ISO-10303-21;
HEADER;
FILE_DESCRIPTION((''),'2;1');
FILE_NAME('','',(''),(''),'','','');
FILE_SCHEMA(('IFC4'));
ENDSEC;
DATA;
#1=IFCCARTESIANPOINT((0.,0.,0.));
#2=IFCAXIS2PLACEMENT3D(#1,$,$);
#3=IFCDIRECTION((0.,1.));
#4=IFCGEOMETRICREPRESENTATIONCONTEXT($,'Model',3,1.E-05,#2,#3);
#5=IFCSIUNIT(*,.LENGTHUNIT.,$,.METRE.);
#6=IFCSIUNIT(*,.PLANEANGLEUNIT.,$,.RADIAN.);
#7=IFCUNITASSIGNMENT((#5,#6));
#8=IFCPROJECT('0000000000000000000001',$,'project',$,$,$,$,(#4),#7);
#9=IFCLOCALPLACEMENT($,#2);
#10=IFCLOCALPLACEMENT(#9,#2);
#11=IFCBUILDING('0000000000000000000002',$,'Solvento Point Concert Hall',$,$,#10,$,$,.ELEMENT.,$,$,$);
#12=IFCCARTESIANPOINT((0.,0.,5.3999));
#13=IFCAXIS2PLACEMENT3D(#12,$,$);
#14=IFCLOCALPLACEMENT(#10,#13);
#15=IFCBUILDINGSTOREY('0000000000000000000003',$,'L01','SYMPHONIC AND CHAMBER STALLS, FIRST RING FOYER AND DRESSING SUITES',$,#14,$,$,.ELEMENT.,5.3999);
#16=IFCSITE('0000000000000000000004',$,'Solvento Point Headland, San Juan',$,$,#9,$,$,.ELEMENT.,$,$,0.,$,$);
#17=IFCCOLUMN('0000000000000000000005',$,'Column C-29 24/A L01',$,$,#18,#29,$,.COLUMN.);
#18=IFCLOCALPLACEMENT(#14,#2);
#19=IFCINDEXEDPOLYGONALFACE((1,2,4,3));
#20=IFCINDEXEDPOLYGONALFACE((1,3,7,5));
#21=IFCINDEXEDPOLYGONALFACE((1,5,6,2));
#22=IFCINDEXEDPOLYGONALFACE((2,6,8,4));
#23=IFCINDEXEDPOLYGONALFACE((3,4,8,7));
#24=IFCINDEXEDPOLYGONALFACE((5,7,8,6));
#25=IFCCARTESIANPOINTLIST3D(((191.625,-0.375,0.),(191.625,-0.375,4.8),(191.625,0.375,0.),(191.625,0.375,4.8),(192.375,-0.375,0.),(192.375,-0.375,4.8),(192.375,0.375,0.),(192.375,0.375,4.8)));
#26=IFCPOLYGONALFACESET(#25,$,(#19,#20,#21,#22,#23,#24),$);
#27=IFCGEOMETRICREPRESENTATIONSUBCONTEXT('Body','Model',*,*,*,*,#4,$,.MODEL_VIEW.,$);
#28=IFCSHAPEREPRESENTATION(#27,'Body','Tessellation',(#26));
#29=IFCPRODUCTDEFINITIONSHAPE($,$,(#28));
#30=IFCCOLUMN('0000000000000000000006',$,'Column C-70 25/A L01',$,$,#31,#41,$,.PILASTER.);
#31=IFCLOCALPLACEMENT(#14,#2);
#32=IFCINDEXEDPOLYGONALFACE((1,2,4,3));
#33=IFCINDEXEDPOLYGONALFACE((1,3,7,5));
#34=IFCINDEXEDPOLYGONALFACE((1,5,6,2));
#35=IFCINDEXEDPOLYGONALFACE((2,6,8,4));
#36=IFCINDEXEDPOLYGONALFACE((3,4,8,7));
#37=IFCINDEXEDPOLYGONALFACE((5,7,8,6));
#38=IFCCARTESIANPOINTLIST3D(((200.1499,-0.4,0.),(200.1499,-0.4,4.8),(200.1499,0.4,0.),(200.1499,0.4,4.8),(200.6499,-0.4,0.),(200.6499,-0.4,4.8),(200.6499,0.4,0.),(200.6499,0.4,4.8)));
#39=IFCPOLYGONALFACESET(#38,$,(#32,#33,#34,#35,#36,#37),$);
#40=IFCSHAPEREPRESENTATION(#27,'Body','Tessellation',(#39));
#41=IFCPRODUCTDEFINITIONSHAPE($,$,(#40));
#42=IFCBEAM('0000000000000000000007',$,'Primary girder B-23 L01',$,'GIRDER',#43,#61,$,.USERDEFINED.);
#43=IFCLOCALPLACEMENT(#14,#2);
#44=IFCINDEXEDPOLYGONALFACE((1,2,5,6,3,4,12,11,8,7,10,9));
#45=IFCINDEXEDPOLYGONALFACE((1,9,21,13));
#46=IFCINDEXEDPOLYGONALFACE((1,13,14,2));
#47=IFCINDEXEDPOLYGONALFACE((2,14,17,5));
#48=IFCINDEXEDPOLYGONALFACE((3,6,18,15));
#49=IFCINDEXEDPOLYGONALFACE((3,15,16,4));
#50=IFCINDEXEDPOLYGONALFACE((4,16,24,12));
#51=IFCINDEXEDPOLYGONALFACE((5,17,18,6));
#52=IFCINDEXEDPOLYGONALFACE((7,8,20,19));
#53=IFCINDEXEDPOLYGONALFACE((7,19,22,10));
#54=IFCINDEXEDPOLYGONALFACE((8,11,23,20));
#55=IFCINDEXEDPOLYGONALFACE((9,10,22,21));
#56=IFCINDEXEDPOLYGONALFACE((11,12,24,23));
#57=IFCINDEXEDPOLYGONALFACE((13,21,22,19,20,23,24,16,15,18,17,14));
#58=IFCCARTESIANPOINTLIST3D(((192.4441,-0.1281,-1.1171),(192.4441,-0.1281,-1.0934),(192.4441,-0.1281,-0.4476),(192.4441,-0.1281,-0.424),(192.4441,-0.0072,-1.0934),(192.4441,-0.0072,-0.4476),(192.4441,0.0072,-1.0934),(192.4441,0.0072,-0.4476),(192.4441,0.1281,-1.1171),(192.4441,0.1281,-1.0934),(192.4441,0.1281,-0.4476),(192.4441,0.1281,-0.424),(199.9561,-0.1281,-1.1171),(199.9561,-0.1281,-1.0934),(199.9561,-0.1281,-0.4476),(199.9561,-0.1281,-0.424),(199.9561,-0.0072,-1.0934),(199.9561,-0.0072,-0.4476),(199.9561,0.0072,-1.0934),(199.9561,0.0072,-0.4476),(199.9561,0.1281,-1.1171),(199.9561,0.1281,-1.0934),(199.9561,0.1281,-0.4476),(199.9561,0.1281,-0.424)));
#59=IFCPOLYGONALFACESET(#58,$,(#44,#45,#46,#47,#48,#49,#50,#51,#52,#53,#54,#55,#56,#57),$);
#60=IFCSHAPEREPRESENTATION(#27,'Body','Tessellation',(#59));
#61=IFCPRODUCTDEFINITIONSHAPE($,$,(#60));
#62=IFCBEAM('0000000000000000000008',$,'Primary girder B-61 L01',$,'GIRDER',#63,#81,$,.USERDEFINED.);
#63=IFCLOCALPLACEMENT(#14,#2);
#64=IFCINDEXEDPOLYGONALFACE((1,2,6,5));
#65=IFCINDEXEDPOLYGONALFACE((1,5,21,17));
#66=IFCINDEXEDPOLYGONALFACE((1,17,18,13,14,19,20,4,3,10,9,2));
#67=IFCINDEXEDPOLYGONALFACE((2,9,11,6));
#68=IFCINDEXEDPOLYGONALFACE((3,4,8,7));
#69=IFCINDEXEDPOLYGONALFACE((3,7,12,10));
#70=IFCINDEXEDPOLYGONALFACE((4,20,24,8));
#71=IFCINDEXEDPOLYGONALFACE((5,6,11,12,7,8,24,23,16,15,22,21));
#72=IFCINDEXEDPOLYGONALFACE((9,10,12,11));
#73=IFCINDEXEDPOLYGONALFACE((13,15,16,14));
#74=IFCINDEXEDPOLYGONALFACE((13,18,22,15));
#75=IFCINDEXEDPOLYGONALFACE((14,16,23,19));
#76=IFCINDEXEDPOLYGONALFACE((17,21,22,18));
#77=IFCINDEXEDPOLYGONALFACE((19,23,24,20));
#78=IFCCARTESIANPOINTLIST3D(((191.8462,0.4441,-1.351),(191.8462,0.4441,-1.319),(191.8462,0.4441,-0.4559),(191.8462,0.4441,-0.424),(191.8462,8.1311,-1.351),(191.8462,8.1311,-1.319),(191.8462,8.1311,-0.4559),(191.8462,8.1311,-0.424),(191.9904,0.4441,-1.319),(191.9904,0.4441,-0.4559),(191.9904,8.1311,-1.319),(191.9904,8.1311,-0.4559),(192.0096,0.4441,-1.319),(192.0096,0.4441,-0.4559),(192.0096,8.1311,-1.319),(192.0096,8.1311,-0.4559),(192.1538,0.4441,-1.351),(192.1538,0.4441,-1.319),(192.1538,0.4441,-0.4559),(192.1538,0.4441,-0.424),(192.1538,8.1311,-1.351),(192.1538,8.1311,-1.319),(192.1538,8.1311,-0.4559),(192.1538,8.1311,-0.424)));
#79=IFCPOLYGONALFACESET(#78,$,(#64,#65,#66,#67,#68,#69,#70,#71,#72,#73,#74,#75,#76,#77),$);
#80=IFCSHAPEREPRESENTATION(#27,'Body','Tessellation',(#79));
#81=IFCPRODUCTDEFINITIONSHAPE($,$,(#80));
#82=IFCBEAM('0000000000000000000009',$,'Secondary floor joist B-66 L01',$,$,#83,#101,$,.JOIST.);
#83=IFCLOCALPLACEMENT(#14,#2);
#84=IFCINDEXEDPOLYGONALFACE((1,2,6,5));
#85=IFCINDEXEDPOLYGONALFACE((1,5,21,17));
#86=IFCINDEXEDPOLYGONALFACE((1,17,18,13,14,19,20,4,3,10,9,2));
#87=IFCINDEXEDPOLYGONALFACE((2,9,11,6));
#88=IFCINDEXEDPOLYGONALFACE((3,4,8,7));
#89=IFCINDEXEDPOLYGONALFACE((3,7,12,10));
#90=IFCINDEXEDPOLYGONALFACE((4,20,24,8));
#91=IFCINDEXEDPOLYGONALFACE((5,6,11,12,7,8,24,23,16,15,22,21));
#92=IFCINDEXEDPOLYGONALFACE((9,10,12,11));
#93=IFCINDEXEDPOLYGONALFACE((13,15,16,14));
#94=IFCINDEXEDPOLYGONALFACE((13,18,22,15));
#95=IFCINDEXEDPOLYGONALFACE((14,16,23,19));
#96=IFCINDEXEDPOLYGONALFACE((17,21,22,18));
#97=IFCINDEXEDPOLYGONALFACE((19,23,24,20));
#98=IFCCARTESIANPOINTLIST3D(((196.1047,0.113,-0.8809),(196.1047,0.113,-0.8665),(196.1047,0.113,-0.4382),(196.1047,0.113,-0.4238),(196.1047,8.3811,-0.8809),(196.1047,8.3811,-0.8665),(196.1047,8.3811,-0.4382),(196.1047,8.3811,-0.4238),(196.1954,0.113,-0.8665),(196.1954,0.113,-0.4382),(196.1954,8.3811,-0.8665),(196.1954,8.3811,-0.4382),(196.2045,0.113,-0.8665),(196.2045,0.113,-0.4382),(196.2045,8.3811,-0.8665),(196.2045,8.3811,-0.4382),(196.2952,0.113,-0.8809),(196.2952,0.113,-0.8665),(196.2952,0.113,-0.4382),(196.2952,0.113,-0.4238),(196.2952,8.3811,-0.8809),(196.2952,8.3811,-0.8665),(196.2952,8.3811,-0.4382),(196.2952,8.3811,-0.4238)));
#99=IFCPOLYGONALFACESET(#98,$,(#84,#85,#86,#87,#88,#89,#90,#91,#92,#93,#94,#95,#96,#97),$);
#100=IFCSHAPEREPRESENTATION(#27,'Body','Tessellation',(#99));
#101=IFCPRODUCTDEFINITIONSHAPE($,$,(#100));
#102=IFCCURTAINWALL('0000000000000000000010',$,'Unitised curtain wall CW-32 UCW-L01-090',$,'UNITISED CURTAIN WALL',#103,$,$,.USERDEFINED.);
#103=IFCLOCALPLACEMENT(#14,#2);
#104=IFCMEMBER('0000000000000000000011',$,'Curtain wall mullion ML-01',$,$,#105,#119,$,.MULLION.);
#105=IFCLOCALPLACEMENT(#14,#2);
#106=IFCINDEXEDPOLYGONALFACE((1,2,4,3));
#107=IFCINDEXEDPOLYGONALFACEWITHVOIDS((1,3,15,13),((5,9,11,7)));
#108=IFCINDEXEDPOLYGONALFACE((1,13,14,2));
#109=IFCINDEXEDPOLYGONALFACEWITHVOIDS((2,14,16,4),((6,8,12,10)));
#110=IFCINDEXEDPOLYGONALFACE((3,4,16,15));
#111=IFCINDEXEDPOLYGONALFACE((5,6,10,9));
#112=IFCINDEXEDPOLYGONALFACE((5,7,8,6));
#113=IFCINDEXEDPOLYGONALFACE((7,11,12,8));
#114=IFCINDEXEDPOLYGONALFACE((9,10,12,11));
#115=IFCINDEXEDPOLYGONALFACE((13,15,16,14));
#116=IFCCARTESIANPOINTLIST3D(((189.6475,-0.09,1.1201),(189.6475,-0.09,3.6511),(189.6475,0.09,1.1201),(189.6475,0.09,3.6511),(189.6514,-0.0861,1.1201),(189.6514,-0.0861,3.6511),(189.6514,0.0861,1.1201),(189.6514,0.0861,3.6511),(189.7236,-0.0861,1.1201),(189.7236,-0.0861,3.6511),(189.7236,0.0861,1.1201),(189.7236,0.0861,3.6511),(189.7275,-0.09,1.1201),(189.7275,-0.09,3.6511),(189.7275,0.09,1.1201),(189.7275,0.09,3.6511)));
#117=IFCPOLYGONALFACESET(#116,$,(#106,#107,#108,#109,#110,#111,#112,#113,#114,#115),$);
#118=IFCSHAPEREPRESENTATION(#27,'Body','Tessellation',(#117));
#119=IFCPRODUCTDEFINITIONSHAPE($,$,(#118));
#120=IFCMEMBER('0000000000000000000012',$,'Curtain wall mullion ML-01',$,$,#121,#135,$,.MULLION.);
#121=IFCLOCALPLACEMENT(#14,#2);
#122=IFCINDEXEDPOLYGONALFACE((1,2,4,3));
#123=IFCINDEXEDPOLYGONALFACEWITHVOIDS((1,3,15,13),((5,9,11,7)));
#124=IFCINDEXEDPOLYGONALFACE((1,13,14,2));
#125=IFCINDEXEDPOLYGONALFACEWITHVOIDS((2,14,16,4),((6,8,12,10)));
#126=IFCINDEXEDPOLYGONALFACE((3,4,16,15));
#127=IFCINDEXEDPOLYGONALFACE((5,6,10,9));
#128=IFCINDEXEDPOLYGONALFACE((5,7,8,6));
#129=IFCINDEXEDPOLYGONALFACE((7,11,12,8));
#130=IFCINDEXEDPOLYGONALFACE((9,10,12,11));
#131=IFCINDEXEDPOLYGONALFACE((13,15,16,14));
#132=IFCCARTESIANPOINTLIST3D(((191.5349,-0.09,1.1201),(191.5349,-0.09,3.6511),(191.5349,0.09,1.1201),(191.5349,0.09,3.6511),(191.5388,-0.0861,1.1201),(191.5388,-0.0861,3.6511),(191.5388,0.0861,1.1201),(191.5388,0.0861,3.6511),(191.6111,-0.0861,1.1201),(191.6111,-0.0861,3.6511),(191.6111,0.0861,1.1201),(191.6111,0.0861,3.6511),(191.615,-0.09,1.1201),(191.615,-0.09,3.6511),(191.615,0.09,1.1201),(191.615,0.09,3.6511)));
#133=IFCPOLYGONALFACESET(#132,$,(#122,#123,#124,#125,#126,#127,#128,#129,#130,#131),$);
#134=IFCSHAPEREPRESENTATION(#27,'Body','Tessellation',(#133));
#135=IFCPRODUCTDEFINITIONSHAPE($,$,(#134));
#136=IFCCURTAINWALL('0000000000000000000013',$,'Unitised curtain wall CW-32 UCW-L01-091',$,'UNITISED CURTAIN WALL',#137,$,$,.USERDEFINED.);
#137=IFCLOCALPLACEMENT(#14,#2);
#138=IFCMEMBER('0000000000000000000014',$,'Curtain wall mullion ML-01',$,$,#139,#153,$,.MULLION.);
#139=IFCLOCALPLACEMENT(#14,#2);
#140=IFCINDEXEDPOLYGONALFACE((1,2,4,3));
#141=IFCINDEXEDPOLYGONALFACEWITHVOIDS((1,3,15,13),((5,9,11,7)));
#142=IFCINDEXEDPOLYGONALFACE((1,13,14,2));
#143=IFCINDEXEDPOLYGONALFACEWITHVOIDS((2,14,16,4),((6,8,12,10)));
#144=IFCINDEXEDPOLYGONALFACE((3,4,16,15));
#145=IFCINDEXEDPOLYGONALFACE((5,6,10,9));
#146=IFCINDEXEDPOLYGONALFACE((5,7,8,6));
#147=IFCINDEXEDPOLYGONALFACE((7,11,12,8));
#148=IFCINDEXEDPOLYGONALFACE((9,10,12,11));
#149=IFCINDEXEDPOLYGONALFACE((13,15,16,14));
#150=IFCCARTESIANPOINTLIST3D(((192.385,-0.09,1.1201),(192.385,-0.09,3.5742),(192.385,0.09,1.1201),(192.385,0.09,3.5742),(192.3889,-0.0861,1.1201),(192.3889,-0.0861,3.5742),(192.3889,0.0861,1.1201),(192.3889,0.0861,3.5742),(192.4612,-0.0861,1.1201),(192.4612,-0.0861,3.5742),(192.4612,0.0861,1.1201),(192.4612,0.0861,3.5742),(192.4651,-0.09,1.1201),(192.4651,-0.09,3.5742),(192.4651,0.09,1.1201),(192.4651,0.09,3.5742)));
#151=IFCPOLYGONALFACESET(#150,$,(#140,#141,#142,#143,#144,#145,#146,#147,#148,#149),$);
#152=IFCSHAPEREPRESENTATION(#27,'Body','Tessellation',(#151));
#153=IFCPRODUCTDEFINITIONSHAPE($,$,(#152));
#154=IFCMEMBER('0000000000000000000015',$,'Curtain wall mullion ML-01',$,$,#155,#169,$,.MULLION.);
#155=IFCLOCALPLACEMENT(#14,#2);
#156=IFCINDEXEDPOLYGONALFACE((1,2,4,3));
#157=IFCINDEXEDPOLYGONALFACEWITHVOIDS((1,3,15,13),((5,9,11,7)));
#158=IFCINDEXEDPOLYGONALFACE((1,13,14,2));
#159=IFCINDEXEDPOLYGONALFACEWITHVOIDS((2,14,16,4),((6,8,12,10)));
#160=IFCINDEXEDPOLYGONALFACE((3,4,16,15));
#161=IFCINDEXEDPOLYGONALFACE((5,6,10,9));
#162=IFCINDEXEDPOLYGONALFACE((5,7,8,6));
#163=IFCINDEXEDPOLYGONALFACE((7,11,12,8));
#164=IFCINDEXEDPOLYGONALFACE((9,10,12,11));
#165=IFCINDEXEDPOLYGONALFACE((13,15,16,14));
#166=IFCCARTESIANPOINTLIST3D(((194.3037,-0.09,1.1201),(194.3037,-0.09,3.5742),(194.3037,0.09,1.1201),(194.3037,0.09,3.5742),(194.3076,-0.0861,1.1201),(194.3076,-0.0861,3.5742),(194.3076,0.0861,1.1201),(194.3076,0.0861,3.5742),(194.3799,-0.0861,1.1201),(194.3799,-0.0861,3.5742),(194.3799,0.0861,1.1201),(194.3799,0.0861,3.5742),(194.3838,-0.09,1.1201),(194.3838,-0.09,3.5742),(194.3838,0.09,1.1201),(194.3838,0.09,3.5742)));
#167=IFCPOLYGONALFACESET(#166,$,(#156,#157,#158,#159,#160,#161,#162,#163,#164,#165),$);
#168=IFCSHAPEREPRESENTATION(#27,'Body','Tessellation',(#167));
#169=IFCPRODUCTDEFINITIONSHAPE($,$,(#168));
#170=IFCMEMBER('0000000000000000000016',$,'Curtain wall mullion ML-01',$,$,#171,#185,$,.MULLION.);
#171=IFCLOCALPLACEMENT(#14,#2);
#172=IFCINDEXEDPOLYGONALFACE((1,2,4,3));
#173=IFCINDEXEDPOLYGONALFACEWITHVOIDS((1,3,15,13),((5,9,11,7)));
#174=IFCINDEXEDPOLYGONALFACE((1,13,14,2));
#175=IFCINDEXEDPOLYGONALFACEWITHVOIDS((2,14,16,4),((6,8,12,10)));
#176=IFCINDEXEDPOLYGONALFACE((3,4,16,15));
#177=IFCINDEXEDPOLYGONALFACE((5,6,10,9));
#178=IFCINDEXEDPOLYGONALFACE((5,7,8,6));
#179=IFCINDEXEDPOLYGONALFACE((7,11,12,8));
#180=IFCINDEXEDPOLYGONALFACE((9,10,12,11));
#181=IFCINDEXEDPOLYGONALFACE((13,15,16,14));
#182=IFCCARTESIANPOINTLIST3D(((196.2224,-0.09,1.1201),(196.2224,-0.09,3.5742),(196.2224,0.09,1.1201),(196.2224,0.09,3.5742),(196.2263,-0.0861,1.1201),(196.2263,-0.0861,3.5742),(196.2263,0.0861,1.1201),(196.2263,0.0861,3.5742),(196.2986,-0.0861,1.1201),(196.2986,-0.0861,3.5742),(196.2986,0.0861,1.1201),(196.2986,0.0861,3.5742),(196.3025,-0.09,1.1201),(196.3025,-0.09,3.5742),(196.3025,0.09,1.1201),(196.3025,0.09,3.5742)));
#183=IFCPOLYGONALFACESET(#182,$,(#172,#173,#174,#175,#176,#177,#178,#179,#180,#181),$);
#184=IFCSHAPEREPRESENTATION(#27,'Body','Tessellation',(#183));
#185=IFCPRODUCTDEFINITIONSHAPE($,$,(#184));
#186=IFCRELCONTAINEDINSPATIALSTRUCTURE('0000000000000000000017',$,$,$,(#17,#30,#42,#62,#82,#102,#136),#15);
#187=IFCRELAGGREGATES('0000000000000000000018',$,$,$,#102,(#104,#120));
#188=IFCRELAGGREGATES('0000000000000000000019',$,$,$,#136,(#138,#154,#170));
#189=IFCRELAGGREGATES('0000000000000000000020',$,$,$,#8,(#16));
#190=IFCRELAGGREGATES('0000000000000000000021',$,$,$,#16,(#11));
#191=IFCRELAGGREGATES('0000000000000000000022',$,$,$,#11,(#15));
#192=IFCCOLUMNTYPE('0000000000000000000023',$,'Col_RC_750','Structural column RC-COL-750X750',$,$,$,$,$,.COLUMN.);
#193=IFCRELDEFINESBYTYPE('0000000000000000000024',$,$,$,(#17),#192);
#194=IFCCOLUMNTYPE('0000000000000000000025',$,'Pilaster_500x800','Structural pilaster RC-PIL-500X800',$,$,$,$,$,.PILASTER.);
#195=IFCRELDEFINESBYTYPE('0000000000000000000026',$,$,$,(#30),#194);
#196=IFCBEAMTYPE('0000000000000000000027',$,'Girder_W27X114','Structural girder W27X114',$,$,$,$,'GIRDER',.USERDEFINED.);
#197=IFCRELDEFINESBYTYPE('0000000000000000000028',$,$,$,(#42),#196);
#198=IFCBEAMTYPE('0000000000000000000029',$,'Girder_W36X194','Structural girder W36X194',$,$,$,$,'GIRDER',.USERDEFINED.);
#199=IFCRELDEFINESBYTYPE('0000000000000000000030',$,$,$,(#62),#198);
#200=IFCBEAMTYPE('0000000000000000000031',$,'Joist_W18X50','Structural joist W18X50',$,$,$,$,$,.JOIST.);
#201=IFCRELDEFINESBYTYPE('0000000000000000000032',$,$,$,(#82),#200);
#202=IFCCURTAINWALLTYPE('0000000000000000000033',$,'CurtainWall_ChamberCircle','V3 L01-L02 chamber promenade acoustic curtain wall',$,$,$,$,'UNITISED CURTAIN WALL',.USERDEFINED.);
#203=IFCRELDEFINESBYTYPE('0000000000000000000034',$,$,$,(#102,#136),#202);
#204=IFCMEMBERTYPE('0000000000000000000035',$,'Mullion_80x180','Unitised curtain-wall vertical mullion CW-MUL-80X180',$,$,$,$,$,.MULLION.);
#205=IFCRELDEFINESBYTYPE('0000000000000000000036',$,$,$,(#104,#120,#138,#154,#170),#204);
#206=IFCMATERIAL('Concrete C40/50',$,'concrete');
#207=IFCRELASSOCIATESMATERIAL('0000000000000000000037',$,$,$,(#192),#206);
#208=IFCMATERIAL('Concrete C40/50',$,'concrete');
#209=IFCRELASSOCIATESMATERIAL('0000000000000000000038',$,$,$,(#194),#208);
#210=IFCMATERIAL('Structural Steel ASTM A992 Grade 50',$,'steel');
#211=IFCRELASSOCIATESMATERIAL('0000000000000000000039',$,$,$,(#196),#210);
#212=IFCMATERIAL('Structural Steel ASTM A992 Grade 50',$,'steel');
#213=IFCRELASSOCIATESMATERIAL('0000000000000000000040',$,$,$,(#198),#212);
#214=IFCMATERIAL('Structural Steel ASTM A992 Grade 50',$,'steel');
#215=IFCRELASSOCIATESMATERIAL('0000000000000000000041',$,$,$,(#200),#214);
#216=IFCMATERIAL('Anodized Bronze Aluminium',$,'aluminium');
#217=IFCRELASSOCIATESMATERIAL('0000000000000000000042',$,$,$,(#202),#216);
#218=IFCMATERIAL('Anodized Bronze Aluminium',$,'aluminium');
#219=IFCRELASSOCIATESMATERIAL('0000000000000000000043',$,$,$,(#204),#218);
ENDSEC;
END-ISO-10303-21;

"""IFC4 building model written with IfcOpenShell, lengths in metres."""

from ifc_helpers import new_model, si_unit, direction, frame, origin, origin_2d, place, context, subcontext, project, spatial, rectangle, hollow_rectangle, i_section, extrude, material, material_profile, profile_set, type_object, element, aggregate, save


model = new_model("IFC4")

# Units and contexts
model_context = context("Model", 3, precision=1e-05, world=origin(), true_north=direction((0.0, 1.0)))
body_context = subcontext(model_context, "Body", "Model", "MODEL_VIEW")
ifc_project = project(units=[si_unit("LENGTHUNIT", "METRE"), si_unit("PLANEANGLEUNIT", "RADIAN")], contexts=[model_context])

# Site, building, storey
site_placement = place(None, origin())
site = spatial("IfcSite", under=ifc_project, at=site_placement, Name="Solvento Point Headland, San Juan", CompositionType="ELEMENT", RefElevation=0.0)
building_placement = place(site_placement, origin())
building = spatial("IfcBuilding", under=site, at=building_placement, Name="Solvento Point Concert Hall", CompositionType="ELEMENT")
storey_placement = place(building_placement, frame((0.0, 0.0, 5.3999)))
storey = spatial("IfcBuildingStorey", under=building, at=storey_placement, Name="L01", Description="SYMPHONIC AND CHAMBER STALLS, FIRST RING FOYER AND DRESSING SUITES", CompositionType="ELEMENT", Elevation=5.3999)

# Columns
ifc_material_1 = material(Name="Concrete C40/50", Category="concrete")
ifc_material_profile_1 = material_profile(ifc_material_1, rectangle(XDim=0.75, YDim=0.75, at=origin_2d()), Name="RC-COL-750X750")
ifc_profile_set_1 = profile_set([ifc_material_profile_1], Name="Concrete C40/50")
column_type_1 = type_object("IfcColumnType", Name="Col_RC_750", Description="Structural column RC-COL-750X750", PredefinedType="COLUMN", material=ifc_profile_set_1)
column_1_placement = place(storey_placement, frame((192.0, 0.0, 0.0), z_axis=(0.0, 0.0, 1.0), x_axis=(1.0, 0.0, 0.0)))
element("IfcColumn", 1, at=column_1_placement, inside=storey, type_object=column_type_1, Name="Column C-29 24/A L01", PredefinedType="COLUMN", context=body_context, shape_type="SweptSolid", body=[
    extrude(rectangle(XDim=0.75, YDim=0.75, at=origin_2d()), origin(), (0.0, 0.0, 1.0), 4.8),
])
ifc_material_2 = material(Name="Concrete C40/50", Category="concrete")
ifc_material_profile_2 = material_profile(ifc_material_2, rectangle(XDim=0.5, YDim=0.8, at=origin_2d()), Name="RC-PIL-500X800")
ifc_profile_set_2 = profile_set([ifc_material_profile_2], Name="Concrete C40/50")
column_type_2 = type_object("IfcColumnType", Name="Pilaster_500x800", Description="Structural pilaster RC-PIL-500X800", PredefinedType="PILASTER", material=ifc_profile_set_2)
column_2_placement = place(storey_placement, frame((200.3999, 0.0, 0.0), z_axis=(0.0, 0.0, 1.0), x_axis=(1.0, 0.0, 0.0)))
element("IfcColumn", 2, at=column_2_placement, inside=storey, type_object=column_type_2, Name="Column C-70 25/A L01", PredefinedType="PILASTER", context=body_context, shape_type="SweptSolid", body=[
    extrude(rectangle(XDim=0.5, YDim=0.8, at=origin_2d()), origin(), (0.0, 0.0, 1.0), 4.8),
])

# Beams
ifc_material_3 = material(Name="Structural Steel ASTM A992 Grade 50", Category="steel")
ifc_material_profile_3 = material_profile(ifc_material_3, i_section(OverallWidth=0.2561, OverallDepth=0.6931, WebThickness=0.0144, FlangeThickness=0.0237, at=origin_2d()), Name="W27X114")
ifc_profile_set_3 = profile_set([ifc_material_profile_3], Name="Structural Steel ASTM A992 Grade 50")
beam_type_1 = type_object("IfcBeamType", Name="Girder_W27X114", Description="Structural girder W27X114", ElementType="GIRDER", PredefinedType="USERDEFINED", material=ifc_profile_set_3)
beam_1_placement = place(storey_placement, frame((192.4441, 0.0, -0.7705), z_axis=(1.0, 0.0, 0.0), x_axis=(0.0, 1.0, 0.0)))
element("IfcBeam", 3, at=beam_1_placement, inside=storey, type_object=beam_type_1, Name="Primary girder B-23 L01", ObjectType="GIRDER", PredefinedType="USERDEFINED", context=body_context, shape_type="SweptSolid", body=[
    extrude(i_section(OverallWidth=0.2561, OverallDepth=0.6931, WebThickness=0.0144, FlangeThickness=0.0237, at=origin_2d()), origin(), (0.0, 0.0, 1.0), 7.512),
])
ifc_material_4 = material(Name="Structural Steel ASTM A992 Grade 50", Category="steel")
ifc_material_profile_4 = material_profile(ifc_material_4, i_section(OverallWidth=0.3076, OverallDepth=0.927, WebThickness=0.0193, FlangeThickness=0.032, at=origin_2d()), Name="W36X194")
ifc_profile_set_4 = profile_set([ifc_material_profile_4], Name="Structural Steel ASTM A992 Grade 50")
beam_type_2 = type_object("IfcBeamType", Name="Girder_W36X194", Description="Structural girder W36X194", ElementType="GIRDER", PredefinedType="USERDEFINED", material=ifc_profile_set_4)
beam_2_placement = place(storey_placement, frame((192.0, 0.4441, -0.8875), z_axis=(0.0, 1.0, 0.0), x_axis=(-1.0, 0.0, 0.0)))
element("IfcBeam", 4, at=beam_2_placement, inside=storey, type_object=beam_type_2, Name="Primary girder B-61 L01", ObjectType="GIRDER", PredefinedType="USERDEFINED", context=body_context, shape_type="SweptSolid", body=[
    extrude(i_section(OverallWidth=0.3076, OverallDepth=0.927, WebThickness=0.0193, FlangeThickness=0.032, at=origin_2d()), origin(), (0.0, 0.0, 1.0), 7.687),
])
ifc_material_5 = material(Name="Structural Steel ASTM A992 Grade 50", Category="steel")
ifc_material_profile_5 = material_profile(ifc_material_5, i_section(OverallWidth=0.1904, OverallDepth=0.457, WebThickness=0.009, FlangeThickness=0.0144, at=origin_2d()), Name="W18X50")
ifc_profile_set_5 = profile_set([ifc_material_profile_5], Name="Structural Steel ASTM A992 Grade 50")
beam_type_3 = type_object("IfcBeamType", Name="Joist_W18X50", Description="Structural joist W18X50", PredefinedType="JOIST", material=ifc_profile_set_5)
beam_3_placement = place(storey_placement, frame((196.2, 0.113, -0.6523), z_axis=(0.0, 1.0, 0.0), x_axis=(-1.0, 0.0, 0.0)))
element("IfcBeam", 5, at=beam_3_placement, inside=storey, type_object=beam_type_3, Name="Secondary floor joist B-66 L01", PredefinedType="JOIST", context=body_context, shape_type="SweptSolid", body=[
    extrude(i_section(OverallWidth=0.1904, OverallDepth=0.457, WebThickness=0.009, FlangeThickness=0.0144, at=origin_2d()), origin(), (0.0, 0.0, 1.0), 8.2681),
])

# Curtain walls, members
ifc_material_6 = material(Name="Anodized Bronze Aluminium", Category="aluminium")
curtain_wall_type = type_object("IfcCurtainWallType", Name="CurtainWall_ChamberCircle", Description="V3 L01-L02 chamber promenade acoustic curtain wall", ElementType="UNITISED CURTAIN WALL", PredefinedType="USERDEFINED", material=ifc_material_6)
curtain_wall_1_placement = place(storey_placement, origin())
curtain_wall_1 = element("IfcCurtainWall", 6, at=curtain_wall_1_placement, inside=storey, type_object=curtain_wall_type, Name="Unitised curtain wall CW-32 UCW-L01-090", ObjectType="UNITISED CURTAIN WALL", PredefinedType="USERDEFINED")
ifc_material_7 = material(Name="Anodized Bronze Aluminium", Category="aluminium")
ifc_material_profile_6 = material_profile(ifc_material_7, hollow_rectangle(XDim=0.0801, YDim=0.1799, WallThickness=0.0039, at=origin_2d()), Name="CW-MUL-80X180")
ifc_profile_set_6 = profile_set([ifc_material_profile_6], Name="Anodized Bronze Aluminium")
member_type_1 = type_object("IfcMemberType", Name="Mullion_80x180", Description="Unitised curtain-wall vertical mullion CW-MUL-80X180", PredefinedType="MULLION", material=ifc_profile_set_6)
member_1_placement = place(storey_placement, frame((189.6875, 0.0, 1.1201), z_axis=(0.0, 0.0, 1.0), x_axis=(1.0, 0.0, 0.0)))
member_1 = element("IfcMember", 7, at=member_1_placement, type_object=member_type_1, Name="Curtain wall mullion ML-01", PredefinedType="MULLION", context=body_context, shape_type="SweptSolid", body=[
    extrude(hollow_rectangle(XDim=0.0801, YDim=0.1799, WallThickness=0.0039, at=origin_2d()), origin(), (0.0, 0.0, 1.0), 2.531),
])
member_2_placement = place(storey_placement, frame((191.575, 0.0, 1.1201), z_axis=(0.0, 0.0, 1.0), x_axis=(1.0, 0.0, 0.0)))
member_2 = element("IfcMember", 8, at=member_2_placement, type_object=member_type_1, Name="Curtain wall mullion ML-01", PredefinedType="MULLION", context=body_context, shape_type="SweptSolid", body=[
    extrude(hollow_rectangle(XDim=0.0801, YDim=0.1799, WallThickness=0.0039, at=origin_2d()), origin(), (0.0, 0.0, 1.0), 2.531),
])
curtain_wall_2_placement = place(storey_placement, origin())
curtain_wall_2 = element("IfcCurtainWall", 9, at=curtain_wall_2_placement, inside=storey, type_object=curtain_wall_type, Name="Unitised curtain wall CW-32 UCW-L01-091", ObjectType="UNITISED CURTAIN WALL", PredefinedType="USERDEFINED")
member_3_placement = place(storey_placement, frame((192.425, 0.0, 1.1201), z_axis=(0.0, 0.0, 1.0), x_axis=(1.0, 0.0, 0.0)))
member_3 = element("IfcMember", 10, at=member_3_placement, type_object=member_type_1, Name="Curtain wall mullion ML-01", PredefinedType="MULLION", context=body_context, shape_type="SweptSolid", body=[
    extrude(hollow_rectangle(XDim=0.0801, YDim=0.1799, WallThickness=0.0039, at=origin_2d()), origin(), (0.0, 0.0, 1.0), 2.4541),
])
member_4_placement = place(storey_placement, frame((194.3438, 0.0, 1.1201), z_axis=(0.0, 0.0, 1.0), x_axis=(1.0, 0.0, 0.0)))
member_4 = element("IfcMember", 11, at=member_4_placement, type_object=member_type_1, Name="Curtain wall mullion ML-01", PredefinedType="MULLION", context=body_context, shape_type="SweptSolid", body=[
    extrude(hollow_rectangle(XDim=0.0801, YDim=0.1799, WallThickness=0.0039, at=origin_2d()), origin(), (0.0, 0.0, 1.0), 2.4541),
])
member_5_placement = place(storey_placement, frame((196.2625, 0.0, 1.1201), z_axis=(0.0, 0.0, 1.0), x_axis=(1.0, 0.0, 0.0)))
member_5 = element("IfcMember", 12, at=member_5_placement, type_object=member_type_1, Name="Curtain wall mullion ML-01", PredefinedType="MULLION", context=body_context, shape_type="SweptSolid", body=[
    extrude(hollow_rectangle(XDim=0.0801, YDim=0.1799, WallThickness=0.0039, at=origin_2d()), origin(), (0.0, 0.0, 1.0), 2.4541),
])

aggregate(curtain_wall_1, [member_1, member_2])
aggregate(curtain_wall_2, [member_3, member_4, member_5])

save(model, "model.ifc")
